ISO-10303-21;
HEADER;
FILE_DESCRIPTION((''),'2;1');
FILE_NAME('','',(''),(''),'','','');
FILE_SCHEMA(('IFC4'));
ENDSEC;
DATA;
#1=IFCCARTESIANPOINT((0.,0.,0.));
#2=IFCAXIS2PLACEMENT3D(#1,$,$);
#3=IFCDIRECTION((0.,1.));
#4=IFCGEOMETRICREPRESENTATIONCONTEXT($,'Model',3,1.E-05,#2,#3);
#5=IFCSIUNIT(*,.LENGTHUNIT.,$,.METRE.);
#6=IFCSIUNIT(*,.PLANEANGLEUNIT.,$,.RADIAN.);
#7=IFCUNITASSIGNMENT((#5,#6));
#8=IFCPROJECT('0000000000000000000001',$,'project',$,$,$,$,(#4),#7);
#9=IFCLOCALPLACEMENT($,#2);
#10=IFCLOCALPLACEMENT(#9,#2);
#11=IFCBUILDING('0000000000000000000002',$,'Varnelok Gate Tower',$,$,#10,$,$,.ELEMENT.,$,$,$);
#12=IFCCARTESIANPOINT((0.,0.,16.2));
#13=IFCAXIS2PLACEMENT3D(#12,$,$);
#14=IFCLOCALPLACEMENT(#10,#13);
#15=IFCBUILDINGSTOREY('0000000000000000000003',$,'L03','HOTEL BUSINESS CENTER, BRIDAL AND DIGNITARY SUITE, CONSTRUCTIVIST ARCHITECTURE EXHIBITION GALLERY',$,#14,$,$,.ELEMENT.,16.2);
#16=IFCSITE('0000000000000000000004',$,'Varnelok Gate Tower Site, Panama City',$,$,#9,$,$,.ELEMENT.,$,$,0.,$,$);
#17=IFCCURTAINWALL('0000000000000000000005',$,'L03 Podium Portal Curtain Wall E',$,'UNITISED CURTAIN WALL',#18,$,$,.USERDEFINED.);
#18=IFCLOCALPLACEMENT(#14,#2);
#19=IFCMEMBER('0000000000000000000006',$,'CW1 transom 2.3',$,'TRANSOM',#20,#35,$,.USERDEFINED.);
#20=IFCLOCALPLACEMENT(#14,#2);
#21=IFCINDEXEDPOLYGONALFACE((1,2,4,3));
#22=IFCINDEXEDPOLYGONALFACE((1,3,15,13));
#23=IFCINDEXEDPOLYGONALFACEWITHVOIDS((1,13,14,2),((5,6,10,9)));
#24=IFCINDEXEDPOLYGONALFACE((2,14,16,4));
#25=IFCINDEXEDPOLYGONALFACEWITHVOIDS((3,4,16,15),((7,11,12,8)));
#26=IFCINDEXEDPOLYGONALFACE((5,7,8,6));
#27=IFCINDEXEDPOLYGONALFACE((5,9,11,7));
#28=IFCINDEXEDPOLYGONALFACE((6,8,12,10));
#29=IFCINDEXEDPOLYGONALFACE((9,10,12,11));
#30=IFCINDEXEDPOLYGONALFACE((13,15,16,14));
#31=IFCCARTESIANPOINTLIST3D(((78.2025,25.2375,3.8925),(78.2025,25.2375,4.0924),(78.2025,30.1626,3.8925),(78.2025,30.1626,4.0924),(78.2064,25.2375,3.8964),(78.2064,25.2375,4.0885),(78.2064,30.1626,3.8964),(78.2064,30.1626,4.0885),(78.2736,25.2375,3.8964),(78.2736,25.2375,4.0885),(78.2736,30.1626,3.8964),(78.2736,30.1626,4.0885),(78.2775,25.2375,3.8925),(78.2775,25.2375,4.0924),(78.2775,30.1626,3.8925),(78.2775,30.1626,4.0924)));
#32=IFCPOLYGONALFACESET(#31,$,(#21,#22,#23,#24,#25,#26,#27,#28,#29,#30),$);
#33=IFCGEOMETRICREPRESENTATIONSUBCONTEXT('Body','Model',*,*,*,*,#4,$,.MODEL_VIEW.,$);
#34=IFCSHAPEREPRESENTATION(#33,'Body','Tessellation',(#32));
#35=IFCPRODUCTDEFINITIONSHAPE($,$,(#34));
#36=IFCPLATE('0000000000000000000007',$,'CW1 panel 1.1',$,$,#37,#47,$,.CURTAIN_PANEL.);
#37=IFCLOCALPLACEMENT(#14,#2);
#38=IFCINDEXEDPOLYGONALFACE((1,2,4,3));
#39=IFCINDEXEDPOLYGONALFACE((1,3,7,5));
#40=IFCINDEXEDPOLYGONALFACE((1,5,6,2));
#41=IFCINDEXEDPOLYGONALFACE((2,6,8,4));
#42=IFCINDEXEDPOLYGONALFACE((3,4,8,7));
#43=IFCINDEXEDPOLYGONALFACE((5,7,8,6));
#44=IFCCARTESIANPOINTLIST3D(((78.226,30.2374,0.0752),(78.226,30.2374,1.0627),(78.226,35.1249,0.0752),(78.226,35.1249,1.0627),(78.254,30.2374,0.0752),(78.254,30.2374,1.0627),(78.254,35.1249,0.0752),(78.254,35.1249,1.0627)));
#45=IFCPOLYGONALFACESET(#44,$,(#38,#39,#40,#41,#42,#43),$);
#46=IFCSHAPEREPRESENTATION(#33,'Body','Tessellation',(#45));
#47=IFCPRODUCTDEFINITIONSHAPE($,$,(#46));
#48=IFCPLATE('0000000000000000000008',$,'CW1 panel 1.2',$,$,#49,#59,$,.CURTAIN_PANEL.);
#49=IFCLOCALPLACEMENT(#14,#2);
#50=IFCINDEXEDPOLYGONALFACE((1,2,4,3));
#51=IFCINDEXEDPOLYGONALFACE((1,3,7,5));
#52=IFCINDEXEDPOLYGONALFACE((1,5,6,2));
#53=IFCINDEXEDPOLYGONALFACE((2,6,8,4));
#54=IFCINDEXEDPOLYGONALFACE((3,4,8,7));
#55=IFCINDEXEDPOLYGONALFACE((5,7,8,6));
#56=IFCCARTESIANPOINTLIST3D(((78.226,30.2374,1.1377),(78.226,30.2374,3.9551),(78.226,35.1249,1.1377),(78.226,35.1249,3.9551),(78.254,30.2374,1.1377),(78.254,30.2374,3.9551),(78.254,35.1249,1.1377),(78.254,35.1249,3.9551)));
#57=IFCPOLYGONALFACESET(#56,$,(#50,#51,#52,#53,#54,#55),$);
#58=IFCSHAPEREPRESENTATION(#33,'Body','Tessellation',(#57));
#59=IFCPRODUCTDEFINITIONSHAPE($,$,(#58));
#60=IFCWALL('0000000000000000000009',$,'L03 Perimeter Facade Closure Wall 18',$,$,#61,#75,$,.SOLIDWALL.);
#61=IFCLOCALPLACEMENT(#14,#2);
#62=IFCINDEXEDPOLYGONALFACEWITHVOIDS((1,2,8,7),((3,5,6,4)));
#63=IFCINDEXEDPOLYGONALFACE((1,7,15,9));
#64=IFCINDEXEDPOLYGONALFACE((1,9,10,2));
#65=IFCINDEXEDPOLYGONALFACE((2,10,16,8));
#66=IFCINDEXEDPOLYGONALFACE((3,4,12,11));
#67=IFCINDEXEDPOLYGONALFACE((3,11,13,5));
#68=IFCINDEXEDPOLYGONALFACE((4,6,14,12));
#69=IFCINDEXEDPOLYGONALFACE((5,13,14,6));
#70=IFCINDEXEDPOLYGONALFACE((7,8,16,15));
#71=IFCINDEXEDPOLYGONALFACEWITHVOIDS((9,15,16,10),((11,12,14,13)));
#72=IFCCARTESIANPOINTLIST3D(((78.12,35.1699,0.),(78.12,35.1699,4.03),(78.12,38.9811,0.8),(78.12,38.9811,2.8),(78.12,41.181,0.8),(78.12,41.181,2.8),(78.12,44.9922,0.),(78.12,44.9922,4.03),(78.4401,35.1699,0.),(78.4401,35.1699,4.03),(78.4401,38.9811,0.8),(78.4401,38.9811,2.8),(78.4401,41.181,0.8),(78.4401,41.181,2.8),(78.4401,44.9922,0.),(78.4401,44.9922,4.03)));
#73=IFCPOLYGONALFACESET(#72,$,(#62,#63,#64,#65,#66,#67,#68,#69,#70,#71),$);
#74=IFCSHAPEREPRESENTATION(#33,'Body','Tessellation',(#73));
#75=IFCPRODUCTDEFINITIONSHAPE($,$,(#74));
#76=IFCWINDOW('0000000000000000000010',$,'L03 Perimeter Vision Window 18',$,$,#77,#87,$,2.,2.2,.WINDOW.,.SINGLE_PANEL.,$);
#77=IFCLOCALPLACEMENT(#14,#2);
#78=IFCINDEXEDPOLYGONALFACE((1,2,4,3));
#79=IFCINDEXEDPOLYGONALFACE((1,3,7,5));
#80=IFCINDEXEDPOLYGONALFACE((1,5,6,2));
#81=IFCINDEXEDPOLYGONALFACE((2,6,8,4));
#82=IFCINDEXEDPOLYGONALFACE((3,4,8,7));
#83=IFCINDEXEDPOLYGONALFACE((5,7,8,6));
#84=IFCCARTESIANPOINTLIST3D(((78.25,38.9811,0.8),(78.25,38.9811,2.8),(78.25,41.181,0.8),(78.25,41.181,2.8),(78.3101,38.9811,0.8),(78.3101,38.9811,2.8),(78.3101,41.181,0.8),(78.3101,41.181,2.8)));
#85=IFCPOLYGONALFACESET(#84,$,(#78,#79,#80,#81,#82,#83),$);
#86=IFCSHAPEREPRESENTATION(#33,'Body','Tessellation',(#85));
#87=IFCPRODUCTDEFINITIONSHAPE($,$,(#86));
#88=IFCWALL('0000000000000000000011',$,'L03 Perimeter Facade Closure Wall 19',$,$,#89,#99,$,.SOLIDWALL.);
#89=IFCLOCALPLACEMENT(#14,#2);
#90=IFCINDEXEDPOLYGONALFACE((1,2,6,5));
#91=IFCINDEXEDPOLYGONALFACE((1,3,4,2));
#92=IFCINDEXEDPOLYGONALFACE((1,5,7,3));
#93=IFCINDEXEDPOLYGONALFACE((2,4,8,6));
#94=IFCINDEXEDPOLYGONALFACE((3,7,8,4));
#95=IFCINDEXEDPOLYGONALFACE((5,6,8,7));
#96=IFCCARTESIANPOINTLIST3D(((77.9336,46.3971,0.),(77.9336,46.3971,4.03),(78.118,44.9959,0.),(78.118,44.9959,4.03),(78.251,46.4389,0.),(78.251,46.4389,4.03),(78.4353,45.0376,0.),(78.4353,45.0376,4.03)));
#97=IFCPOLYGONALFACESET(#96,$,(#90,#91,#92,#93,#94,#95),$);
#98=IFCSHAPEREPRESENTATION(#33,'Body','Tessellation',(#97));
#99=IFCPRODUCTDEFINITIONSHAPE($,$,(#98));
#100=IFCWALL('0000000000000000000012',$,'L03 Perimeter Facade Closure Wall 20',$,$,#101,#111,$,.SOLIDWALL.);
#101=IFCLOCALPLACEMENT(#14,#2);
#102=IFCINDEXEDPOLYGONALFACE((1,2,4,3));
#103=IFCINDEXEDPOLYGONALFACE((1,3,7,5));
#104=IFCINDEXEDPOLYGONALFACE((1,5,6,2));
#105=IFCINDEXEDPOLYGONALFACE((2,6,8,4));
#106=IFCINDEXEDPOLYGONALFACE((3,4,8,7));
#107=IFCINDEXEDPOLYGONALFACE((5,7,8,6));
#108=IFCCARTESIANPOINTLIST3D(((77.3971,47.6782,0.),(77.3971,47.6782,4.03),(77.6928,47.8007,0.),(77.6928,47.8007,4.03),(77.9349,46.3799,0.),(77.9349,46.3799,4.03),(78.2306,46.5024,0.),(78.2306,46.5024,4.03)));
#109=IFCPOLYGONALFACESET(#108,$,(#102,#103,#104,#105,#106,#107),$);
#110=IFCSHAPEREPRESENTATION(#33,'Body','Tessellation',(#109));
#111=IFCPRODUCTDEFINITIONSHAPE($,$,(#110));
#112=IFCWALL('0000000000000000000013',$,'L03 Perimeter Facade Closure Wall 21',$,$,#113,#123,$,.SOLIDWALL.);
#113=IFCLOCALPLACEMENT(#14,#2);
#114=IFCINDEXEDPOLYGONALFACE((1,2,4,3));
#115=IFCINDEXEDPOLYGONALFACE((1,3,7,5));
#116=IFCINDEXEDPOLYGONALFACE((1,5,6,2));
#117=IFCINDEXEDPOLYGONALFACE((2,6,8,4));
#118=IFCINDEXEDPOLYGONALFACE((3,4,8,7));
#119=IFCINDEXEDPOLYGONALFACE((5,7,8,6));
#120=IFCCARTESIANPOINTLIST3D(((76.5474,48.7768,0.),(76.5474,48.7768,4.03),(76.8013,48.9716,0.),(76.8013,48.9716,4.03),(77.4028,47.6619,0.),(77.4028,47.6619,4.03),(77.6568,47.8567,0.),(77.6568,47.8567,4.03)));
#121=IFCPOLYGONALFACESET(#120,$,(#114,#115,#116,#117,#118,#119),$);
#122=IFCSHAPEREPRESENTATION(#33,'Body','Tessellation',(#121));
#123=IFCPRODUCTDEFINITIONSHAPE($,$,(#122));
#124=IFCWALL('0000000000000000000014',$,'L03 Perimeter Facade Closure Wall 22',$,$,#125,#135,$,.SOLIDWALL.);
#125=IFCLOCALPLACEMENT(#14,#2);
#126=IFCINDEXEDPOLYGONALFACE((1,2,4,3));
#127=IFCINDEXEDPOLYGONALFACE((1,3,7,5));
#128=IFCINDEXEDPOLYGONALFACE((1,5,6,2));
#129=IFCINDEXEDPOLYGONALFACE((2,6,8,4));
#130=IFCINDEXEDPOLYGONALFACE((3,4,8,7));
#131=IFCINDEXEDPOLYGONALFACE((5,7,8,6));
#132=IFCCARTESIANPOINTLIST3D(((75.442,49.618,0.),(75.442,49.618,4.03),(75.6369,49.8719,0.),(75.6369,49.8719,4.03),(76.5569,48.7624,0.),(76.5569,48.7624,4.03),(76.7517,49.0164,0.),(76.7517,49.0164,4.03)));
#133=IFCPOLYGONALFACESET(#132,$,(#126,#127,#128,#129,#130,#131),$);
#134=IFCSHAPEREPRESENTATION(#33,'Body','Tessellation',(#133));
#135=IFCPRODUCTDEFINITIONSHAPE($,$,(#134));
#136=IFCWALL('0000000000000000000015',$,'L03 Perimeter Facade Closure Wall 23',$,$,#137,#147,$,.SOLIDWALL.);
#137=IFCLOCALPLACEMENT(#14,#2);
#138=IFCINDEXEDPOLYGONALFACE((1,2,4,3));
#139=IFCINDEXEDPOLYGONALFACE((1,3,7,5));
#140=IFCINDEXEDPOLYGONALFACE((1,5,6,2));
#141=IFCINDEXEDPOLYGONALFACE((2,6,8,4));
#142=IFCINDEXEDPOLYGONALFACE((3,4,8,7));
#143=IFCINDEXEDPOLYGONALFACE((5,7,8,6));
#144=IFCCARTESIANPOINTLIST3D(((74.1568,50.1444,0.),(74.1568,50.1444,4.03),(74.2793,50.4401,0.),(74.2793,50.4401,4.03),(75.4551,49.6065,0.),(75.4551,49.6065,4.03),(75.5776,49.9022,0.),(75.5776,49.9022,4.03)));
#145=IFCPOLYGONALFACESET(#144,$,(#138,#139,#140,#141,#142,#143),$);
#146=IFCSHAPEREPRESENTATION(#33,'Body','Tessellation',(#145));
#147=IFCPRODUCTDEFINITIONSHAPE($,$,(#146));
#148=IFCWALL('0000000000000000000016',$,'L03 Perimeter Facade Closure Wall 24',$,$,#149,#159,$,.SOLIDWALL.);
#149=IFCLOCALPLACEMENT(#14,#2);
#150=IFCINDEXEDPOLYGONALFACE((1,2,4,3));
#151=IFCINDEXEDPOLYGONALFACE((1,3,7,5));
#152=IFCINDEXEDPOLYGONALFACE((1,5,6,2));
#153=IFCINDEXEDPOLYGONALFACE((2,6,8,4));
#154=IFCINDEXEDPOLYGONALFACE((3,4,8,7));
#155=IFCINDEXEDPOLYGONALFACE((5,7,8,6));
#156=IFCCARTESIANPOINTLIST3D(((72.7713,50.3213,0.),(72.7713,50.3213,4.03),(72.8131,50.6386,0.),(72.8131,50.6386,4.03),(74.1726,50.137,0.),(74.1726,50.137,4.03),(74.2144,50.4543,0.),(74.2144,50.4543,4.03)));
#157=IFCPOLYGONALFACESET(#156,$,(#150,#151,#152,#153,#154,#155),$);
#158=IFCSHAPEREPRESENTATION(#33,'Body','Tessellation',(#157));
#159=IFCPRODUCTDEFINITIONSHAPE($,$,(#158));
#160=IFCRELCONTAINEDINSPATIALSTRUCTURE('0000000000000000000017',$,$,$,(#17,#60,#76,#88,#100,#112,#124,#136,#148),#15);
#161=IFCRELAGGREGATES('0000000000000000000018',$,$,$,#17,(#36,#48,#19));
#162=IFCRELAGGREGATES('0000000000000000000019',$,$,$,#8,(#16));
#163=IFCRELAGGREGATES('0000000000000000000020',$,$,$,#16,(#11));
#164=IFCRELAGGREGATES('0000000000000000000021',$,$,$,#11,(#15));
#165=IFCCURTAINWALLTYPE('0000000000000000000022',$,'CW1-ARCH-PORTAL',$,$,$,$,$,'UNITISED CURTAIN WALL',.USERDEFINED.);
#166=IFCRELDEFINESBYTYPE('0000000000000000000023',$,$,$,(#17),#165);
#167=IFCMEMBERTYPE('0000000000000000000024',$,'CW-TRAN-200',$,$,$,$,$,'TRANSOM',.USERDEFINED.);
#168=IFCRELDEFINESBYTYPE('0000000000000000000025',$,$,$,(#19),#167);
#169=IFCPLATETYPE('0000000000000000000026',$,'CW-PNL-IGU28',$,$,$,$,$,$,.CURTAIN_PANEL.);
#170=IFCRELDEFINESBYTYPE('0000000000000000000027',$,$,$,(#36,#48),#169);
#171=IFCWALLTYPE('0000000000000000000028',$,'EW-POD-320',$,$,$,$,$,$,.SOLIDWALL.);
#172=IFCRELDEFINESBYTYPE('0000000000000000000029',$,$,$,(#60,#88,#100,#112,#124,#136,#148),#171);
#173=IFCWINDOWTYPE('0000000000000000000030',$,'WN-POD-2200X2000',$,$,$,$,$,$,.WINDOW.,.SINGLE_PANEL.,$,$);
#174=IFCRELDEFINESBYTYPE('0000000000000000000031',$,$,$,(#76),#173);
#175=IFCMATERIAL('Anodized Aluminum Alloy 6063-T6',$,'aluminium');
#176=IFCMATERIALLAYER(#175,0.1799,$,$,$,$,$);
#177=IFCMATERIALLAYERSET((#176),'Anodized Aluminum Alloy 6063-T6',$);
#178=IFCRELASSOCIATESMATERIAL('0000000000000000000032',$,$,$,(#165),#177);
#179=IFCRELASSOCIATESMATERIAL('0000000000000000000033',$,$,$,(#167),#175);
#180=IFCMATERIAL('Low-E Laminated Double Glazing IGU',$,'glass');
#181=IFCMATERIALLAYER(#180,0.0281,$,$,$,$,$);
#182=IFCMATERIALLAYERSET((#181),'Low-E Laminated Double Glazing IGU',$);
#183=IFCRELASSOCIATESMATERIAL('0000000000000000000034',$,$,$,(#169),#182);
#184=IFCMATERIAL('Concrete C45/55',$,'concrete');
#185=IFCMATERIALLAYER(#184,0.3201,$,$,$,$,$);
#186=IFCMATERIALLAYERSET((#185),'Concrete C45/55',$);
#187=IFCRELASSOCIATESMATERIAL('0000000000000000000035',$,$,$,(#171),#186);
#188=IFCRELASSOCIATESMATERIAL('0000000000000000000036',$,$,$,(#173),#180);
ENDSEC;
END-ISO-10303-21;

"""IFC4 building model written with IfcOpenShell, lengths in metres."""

from ifc_helpers import new_model, si_unit, direction, frame, frame_2d, origin, origin_2d, place, context, subcontext, project, spatial, rectangle, hollow_rectangle, extrude, source, transform, mapped, material, layer, layer_set, material_profile, profile_set, type_object, element, fill, aggregate, save


model = new_model("IFC4")

# Units and contexts
model_context = context("Model", 3, precision=1e-05, world=origin(), true_north=direction((0.0, 1.0)))
body_context = subcontext(model_context, "Body", "Model", "MODEL_VIEW")
ifc_project = project(units=[si_unit("LENGTHUNIT", "METRE"), si_unit("PLANEANGLEUNIT", "RADIAN")], contexts=[model_context])

# Site, building, storey
site_placement = place(None, origin())
site = spatial("IfcSite", under=ifc_project, at=site_placement, Name="Varnelok Gate Tower Site, Panama City", CompositionType="ELEMENT", RefElevation=0.0)
building_placement = place(site_placement, origin())
building = spatial("IfcBuilding", under=site, at=building_placement, Name="Varnelok Gate Tower", CompositionType="ELEMENT")
storey_placement = place(building_placement, frame((0.0, 0.0, 16.2)))
storey = spatial("IfcBuildingStorey", under=building, at=storey_placement, Name="L03", Description="HOTEL BUSINESS CENTER, BRIDAL AND DIGNITARY SUITE, CONSTRUCTIVIST ARCHITECTURE EXHIBITION GALLERY", CompositionType="ELEMENT", Elevation=16.2)

# Curtain wall, member, plates
ifc_material_1 = material(Name="Anodized Aluminum Alloy 6063-T6", Category="aluminium")
ifc_layer_1 = layer(ifc_material_1, 0.1799)
ifc_layer_set_1 = layer_set([ifc_layer_1], Name="Anodized Aluminum Alloy 6063-T6")
curtain_wall_type = type_object("IfcCurtainWallType", Name="CW1-ARCH-PORTAL", ElementType="UNITISED CURTAIN WALL", PredefinedType="USERDEFINED", material=ifc_layer_set_1)
curtain_wall_placement = place(storey_placement, origin())
curtain_wall = element("IfcCurtainWall", 1, at=curtain_wall_placement, inside=storey, type_object=curtain_wall_type, Name="L03 Podium Portal Curtain Wall E", ObjectType="UNITISED CURTAIN WALL", PredefinedType="USERDEFINED")
ifc_material_profile_1 = material_profile(ifc_material_1, hollow_rectangle(XDim=0.075, YDim=0.2, WallThickness=0.0039, at=origin_2d()), Name="ALU200X75X4")
ifc_profile_set_1 = profile_set([ifc_material_profile_1], Name="Anodized Aluminum Alloy 6063-T6")
member_type_1 = type_object("IfcMemberType", Name="CW-TRAN-200", ElementType="TRANSOM", PredefinedType="USERDEFINED", material=ifc_profile_set_1)
member_1_placement = place(storey_placement, frame((78.24, 30.1626, 3.9924), z_axis=(0.0, -1.0, 0.0), x_axis=(1.0, 0.0, 0.0)))
member_1 = element("IfcMember", 2, at=member_1_placement, type_object=member_type_1, Name="CW1 transom 2.3", ObjectType="TRANSOM", PredefinedType="USERDEFINED", context=body_context, shape_type="SweptSolid", body=[
    extrude(hollow_rectangle(XDim=0.075, YDim=0.2, WallThickness=0.0039, at=origin_2d()), origin(), (0.0, 0.0, 1.0), 4.925),
])
ifc_material_2 = material(Name="Low-E Laminated Double Glazing IGU", Category="glass")
ifc_layer_2 = layer(ifc_material_2, 0.0281)
ifc_layer_set_2 = layer_set([ifc_layer_2], Name="Low-E Laminated Double Glazing IGU")
plate_type = type_object("IfcPlateType", Name="CW-PNL-IGU28", PredefinedType="CURTAIN_PANEL", material=ifc_layer_set_2)
shared_shape_1 = source(origin(), body_context, "Body", "SweptSolid", [
    extrude(rectangle(XDim=4.8875, YDim=0.0281, at=origin_2d()), origin(), (0.0, 0.0, 1.0), 0.9875),
])
plate_1_placement = place(storey_placement, frame((78.24, 32.6812, 0.0752), z_axis=(0.0, 0.0, 1.0), x_axis=(0.0, -1.0, 0.0)))
plate_1 = element("IfcPlate", 3, at=plate_1_placement, type_object=plate_type, Name="CW1 panel 1.1", PredefinedType="CURTAIN_PANEL", context=body_context, shape_type="MappedRepresentation", body=[
    mapped(shared_shape_1, transform((0.0, 0.0, 0.0), scale=1.0)),
])
shared_shape_2 = source(origin(), body_context, "Body", "SweptSolid", [
    extrude(rectangle(XDim=4.8875, YDim=0.0281, at=origin_2d()), origin(), (0.0, 0.0, 1.0), 2.8174),
])
plate_2_placement = place(storey_placement, frame((78.24, 32.6812, 1.1377), z_axis=(0.0, 0.0, 1.0), x_axis=(0.0, -1.0, 0.0)))
plate_2 = element("IfcPlate", 4, at=plate_2_placement, type_object=plate_type, Name="CW1 panel 1.2", PredefinedType="CURTAIN_PANEL", context=body_context, shape_type="MappedRepresentation", body=[
    mapped(shared_shape_2, transform((0.0, 0.0, 0.0), scale=1.0)),
])
aggregate(curtain_wall, [plate_1, plate_2, member_1])

# Wall, opening, window
ifc_material_3 = material(Name="Concrete C45/55", Category="concrete")
ifc_layer_3 = layer(ifc_material_3, 0.3201)
ifc_layer_set_3 = layer_set([ifc_layer_3], Name="Concrete C45/55")
wall_type = type_object("IfcWallType", Name="EW-POD-320", PredefinedType="SOLIDWALL", material=ifc_layer_set_3)
wall_1_placement = place(storey_placement, frame((78.28, 35.1699, 0.0), z_axis=(0.0, 0.0, 1.0), x_axis=(0.0, 1.0, 0.0)))
wall_1 = element("IfcWall", 5, at=wall_1_placement, inside=storey, type_object=wall_type, Name="L03 Perimeter Facade Closure Wall 18", PredefinedType="SOLIDWALL", context=body_context, shape_type="SweptSolid", body=[
    extrude(rectangle(XDim=9.8223, YDim=0.3201, at=frame_2d((4.9111, 0.0))), origin(), (0.0, 0.0, 1.0), 4.03),
])
opening_placement = place(wall_1_placement, frame((3.811, 0.0, 0.8)))
opening = element("IfcOpeningElement", 6, at=opening_placement, cuts=wall_1, PredefinedType="OPENING", context=body_context, shape_type="SweptSolid", body=[
    extrude(rectangle(XDim=2.2, YDim=2.0, at=frame_2d((1.1001, 1.0))), frame((0.0, 0.1699, 0.0), z_axis=(0.0, -1.0, 0.0), x_axis=(1.0, 0.0, 0.0)), (0.0, 0.0, 1.0), 0.3401),
])
window_type = type_object("IfcWindowType", Name="WN-POD-2200X2000", PartitioningType="SINGLE_PANEL", PredefinedType="WINDOW", material=ifc_material_2)
window_placement = place(opening_placement, origin())
window = element("IfcWindow", 7, at=window_placement, inside=storey, type_object=window_type, Name="L03 Perimeter Vision Window 18", OverallHeight=2.0, OverallWidth=2.2, PartitioningType="SINGLE_PANEL", PredefinedType="WINDOW", context=body_context, shape_type="SweptSolid", body=[
    extrude(rectangle(XDim=2.2, YDim=2.0, at=frame_2d((1.1001, 1.0))), frame((0.0, 0.03, 0.0), z_axis=(0.0, -1.0, 0.0), x_axis=(1.0, 0.0, 0.0)), (0.0, 0.0, 1.0), 0.0601),
])
fill(opening, window)

# Walls
wall_2_placement = place(storey_placement, frame((78.2766, 45.0168, 0.0), z_axis=(0.0, 0.0, 1.0), x_axis=(-0.13041, 0.99146, 0.0)))
element("IfcWall", 8, at=wall_2_placement, inside=storey, type_object=wall_type, Name="L03 Perimeter Facade Closure Wall 19", PredefinedType="SOLIDWALL", context=body_context, shape_type="SweptSolid", body=[
    extrude(rectangle(XDim=1.4133, YDim=0.3201, at=frame_2d((0.7065, 0.0))), origin(), (0.0, 0.0, 1.0), 4.03),
])
for number, where, z_axis, x_axis, name in (
    (9, (78.0828, 46.4412, 0.0), (0.0, 0.0, 1.0), (-0.382715, 0.923866, 0.0), "L03 Perimeter Facade Closure Wall 20"),
    (10, (77.5298, 47.7593, 0.0), (0.0, 0.0, 1.0), (-0.60872, 0.793385, 0.0), "L03 Perimeter Facade Closure Wall 21"),
    (11, (76.6543, 48.8894, 0.0), (0.0, 0.0, 1.0), (-0.793321, 0.608804, 0.0), "L03 Perimeter Facade Closure Wall 22"),
    (12, (75.5164, 49.7544, 0.0), (0.0, 0.0, 1.0), (-0.923866, 0.382715, 0.0), "L03 Perimeter Facade Closure Wall 23"),
):
    element("IfcWall", number, at=place(storey_placement, frame(where, z_axis=z_axis, x_axis=x_axis)), inside=storey, type_object=wall_type, Name=name, PredefinedType="SOLIDWALL", context=body_context, shape_type="SweptSolid", body=[
        extrude(rectangle(XDim=1.4053, YDim=0.3201, at=frame_2d((0.7026, 0.0))), origin(), (0.0, 0.0, 1.0), 4.03),
    ])
wall_3_placement = place(storey_placement, frame((74.1934, 50.2957, 0.0), z_axis=(0.0, 0.0, 1.0), x_axis=(-0.99146, 0.13041, 0.0)))
element("IfcWall", 13, at=wall_3_placement, inside=storey, type_object=wall_type, Name="L03 Perimeter Facade Closure Wall 24", PredefinedType="SOLIDWALL", context=body_context, shape_type="SweptSolid", body=[
    extrude(rectangle(XDim=1.4133, YDim=0.3201, at=frame_2d((0.7065, 0.0))), origin(), (0.0, 0.0, 1.0), 4.03),
])

save(model, "model.ifc")
